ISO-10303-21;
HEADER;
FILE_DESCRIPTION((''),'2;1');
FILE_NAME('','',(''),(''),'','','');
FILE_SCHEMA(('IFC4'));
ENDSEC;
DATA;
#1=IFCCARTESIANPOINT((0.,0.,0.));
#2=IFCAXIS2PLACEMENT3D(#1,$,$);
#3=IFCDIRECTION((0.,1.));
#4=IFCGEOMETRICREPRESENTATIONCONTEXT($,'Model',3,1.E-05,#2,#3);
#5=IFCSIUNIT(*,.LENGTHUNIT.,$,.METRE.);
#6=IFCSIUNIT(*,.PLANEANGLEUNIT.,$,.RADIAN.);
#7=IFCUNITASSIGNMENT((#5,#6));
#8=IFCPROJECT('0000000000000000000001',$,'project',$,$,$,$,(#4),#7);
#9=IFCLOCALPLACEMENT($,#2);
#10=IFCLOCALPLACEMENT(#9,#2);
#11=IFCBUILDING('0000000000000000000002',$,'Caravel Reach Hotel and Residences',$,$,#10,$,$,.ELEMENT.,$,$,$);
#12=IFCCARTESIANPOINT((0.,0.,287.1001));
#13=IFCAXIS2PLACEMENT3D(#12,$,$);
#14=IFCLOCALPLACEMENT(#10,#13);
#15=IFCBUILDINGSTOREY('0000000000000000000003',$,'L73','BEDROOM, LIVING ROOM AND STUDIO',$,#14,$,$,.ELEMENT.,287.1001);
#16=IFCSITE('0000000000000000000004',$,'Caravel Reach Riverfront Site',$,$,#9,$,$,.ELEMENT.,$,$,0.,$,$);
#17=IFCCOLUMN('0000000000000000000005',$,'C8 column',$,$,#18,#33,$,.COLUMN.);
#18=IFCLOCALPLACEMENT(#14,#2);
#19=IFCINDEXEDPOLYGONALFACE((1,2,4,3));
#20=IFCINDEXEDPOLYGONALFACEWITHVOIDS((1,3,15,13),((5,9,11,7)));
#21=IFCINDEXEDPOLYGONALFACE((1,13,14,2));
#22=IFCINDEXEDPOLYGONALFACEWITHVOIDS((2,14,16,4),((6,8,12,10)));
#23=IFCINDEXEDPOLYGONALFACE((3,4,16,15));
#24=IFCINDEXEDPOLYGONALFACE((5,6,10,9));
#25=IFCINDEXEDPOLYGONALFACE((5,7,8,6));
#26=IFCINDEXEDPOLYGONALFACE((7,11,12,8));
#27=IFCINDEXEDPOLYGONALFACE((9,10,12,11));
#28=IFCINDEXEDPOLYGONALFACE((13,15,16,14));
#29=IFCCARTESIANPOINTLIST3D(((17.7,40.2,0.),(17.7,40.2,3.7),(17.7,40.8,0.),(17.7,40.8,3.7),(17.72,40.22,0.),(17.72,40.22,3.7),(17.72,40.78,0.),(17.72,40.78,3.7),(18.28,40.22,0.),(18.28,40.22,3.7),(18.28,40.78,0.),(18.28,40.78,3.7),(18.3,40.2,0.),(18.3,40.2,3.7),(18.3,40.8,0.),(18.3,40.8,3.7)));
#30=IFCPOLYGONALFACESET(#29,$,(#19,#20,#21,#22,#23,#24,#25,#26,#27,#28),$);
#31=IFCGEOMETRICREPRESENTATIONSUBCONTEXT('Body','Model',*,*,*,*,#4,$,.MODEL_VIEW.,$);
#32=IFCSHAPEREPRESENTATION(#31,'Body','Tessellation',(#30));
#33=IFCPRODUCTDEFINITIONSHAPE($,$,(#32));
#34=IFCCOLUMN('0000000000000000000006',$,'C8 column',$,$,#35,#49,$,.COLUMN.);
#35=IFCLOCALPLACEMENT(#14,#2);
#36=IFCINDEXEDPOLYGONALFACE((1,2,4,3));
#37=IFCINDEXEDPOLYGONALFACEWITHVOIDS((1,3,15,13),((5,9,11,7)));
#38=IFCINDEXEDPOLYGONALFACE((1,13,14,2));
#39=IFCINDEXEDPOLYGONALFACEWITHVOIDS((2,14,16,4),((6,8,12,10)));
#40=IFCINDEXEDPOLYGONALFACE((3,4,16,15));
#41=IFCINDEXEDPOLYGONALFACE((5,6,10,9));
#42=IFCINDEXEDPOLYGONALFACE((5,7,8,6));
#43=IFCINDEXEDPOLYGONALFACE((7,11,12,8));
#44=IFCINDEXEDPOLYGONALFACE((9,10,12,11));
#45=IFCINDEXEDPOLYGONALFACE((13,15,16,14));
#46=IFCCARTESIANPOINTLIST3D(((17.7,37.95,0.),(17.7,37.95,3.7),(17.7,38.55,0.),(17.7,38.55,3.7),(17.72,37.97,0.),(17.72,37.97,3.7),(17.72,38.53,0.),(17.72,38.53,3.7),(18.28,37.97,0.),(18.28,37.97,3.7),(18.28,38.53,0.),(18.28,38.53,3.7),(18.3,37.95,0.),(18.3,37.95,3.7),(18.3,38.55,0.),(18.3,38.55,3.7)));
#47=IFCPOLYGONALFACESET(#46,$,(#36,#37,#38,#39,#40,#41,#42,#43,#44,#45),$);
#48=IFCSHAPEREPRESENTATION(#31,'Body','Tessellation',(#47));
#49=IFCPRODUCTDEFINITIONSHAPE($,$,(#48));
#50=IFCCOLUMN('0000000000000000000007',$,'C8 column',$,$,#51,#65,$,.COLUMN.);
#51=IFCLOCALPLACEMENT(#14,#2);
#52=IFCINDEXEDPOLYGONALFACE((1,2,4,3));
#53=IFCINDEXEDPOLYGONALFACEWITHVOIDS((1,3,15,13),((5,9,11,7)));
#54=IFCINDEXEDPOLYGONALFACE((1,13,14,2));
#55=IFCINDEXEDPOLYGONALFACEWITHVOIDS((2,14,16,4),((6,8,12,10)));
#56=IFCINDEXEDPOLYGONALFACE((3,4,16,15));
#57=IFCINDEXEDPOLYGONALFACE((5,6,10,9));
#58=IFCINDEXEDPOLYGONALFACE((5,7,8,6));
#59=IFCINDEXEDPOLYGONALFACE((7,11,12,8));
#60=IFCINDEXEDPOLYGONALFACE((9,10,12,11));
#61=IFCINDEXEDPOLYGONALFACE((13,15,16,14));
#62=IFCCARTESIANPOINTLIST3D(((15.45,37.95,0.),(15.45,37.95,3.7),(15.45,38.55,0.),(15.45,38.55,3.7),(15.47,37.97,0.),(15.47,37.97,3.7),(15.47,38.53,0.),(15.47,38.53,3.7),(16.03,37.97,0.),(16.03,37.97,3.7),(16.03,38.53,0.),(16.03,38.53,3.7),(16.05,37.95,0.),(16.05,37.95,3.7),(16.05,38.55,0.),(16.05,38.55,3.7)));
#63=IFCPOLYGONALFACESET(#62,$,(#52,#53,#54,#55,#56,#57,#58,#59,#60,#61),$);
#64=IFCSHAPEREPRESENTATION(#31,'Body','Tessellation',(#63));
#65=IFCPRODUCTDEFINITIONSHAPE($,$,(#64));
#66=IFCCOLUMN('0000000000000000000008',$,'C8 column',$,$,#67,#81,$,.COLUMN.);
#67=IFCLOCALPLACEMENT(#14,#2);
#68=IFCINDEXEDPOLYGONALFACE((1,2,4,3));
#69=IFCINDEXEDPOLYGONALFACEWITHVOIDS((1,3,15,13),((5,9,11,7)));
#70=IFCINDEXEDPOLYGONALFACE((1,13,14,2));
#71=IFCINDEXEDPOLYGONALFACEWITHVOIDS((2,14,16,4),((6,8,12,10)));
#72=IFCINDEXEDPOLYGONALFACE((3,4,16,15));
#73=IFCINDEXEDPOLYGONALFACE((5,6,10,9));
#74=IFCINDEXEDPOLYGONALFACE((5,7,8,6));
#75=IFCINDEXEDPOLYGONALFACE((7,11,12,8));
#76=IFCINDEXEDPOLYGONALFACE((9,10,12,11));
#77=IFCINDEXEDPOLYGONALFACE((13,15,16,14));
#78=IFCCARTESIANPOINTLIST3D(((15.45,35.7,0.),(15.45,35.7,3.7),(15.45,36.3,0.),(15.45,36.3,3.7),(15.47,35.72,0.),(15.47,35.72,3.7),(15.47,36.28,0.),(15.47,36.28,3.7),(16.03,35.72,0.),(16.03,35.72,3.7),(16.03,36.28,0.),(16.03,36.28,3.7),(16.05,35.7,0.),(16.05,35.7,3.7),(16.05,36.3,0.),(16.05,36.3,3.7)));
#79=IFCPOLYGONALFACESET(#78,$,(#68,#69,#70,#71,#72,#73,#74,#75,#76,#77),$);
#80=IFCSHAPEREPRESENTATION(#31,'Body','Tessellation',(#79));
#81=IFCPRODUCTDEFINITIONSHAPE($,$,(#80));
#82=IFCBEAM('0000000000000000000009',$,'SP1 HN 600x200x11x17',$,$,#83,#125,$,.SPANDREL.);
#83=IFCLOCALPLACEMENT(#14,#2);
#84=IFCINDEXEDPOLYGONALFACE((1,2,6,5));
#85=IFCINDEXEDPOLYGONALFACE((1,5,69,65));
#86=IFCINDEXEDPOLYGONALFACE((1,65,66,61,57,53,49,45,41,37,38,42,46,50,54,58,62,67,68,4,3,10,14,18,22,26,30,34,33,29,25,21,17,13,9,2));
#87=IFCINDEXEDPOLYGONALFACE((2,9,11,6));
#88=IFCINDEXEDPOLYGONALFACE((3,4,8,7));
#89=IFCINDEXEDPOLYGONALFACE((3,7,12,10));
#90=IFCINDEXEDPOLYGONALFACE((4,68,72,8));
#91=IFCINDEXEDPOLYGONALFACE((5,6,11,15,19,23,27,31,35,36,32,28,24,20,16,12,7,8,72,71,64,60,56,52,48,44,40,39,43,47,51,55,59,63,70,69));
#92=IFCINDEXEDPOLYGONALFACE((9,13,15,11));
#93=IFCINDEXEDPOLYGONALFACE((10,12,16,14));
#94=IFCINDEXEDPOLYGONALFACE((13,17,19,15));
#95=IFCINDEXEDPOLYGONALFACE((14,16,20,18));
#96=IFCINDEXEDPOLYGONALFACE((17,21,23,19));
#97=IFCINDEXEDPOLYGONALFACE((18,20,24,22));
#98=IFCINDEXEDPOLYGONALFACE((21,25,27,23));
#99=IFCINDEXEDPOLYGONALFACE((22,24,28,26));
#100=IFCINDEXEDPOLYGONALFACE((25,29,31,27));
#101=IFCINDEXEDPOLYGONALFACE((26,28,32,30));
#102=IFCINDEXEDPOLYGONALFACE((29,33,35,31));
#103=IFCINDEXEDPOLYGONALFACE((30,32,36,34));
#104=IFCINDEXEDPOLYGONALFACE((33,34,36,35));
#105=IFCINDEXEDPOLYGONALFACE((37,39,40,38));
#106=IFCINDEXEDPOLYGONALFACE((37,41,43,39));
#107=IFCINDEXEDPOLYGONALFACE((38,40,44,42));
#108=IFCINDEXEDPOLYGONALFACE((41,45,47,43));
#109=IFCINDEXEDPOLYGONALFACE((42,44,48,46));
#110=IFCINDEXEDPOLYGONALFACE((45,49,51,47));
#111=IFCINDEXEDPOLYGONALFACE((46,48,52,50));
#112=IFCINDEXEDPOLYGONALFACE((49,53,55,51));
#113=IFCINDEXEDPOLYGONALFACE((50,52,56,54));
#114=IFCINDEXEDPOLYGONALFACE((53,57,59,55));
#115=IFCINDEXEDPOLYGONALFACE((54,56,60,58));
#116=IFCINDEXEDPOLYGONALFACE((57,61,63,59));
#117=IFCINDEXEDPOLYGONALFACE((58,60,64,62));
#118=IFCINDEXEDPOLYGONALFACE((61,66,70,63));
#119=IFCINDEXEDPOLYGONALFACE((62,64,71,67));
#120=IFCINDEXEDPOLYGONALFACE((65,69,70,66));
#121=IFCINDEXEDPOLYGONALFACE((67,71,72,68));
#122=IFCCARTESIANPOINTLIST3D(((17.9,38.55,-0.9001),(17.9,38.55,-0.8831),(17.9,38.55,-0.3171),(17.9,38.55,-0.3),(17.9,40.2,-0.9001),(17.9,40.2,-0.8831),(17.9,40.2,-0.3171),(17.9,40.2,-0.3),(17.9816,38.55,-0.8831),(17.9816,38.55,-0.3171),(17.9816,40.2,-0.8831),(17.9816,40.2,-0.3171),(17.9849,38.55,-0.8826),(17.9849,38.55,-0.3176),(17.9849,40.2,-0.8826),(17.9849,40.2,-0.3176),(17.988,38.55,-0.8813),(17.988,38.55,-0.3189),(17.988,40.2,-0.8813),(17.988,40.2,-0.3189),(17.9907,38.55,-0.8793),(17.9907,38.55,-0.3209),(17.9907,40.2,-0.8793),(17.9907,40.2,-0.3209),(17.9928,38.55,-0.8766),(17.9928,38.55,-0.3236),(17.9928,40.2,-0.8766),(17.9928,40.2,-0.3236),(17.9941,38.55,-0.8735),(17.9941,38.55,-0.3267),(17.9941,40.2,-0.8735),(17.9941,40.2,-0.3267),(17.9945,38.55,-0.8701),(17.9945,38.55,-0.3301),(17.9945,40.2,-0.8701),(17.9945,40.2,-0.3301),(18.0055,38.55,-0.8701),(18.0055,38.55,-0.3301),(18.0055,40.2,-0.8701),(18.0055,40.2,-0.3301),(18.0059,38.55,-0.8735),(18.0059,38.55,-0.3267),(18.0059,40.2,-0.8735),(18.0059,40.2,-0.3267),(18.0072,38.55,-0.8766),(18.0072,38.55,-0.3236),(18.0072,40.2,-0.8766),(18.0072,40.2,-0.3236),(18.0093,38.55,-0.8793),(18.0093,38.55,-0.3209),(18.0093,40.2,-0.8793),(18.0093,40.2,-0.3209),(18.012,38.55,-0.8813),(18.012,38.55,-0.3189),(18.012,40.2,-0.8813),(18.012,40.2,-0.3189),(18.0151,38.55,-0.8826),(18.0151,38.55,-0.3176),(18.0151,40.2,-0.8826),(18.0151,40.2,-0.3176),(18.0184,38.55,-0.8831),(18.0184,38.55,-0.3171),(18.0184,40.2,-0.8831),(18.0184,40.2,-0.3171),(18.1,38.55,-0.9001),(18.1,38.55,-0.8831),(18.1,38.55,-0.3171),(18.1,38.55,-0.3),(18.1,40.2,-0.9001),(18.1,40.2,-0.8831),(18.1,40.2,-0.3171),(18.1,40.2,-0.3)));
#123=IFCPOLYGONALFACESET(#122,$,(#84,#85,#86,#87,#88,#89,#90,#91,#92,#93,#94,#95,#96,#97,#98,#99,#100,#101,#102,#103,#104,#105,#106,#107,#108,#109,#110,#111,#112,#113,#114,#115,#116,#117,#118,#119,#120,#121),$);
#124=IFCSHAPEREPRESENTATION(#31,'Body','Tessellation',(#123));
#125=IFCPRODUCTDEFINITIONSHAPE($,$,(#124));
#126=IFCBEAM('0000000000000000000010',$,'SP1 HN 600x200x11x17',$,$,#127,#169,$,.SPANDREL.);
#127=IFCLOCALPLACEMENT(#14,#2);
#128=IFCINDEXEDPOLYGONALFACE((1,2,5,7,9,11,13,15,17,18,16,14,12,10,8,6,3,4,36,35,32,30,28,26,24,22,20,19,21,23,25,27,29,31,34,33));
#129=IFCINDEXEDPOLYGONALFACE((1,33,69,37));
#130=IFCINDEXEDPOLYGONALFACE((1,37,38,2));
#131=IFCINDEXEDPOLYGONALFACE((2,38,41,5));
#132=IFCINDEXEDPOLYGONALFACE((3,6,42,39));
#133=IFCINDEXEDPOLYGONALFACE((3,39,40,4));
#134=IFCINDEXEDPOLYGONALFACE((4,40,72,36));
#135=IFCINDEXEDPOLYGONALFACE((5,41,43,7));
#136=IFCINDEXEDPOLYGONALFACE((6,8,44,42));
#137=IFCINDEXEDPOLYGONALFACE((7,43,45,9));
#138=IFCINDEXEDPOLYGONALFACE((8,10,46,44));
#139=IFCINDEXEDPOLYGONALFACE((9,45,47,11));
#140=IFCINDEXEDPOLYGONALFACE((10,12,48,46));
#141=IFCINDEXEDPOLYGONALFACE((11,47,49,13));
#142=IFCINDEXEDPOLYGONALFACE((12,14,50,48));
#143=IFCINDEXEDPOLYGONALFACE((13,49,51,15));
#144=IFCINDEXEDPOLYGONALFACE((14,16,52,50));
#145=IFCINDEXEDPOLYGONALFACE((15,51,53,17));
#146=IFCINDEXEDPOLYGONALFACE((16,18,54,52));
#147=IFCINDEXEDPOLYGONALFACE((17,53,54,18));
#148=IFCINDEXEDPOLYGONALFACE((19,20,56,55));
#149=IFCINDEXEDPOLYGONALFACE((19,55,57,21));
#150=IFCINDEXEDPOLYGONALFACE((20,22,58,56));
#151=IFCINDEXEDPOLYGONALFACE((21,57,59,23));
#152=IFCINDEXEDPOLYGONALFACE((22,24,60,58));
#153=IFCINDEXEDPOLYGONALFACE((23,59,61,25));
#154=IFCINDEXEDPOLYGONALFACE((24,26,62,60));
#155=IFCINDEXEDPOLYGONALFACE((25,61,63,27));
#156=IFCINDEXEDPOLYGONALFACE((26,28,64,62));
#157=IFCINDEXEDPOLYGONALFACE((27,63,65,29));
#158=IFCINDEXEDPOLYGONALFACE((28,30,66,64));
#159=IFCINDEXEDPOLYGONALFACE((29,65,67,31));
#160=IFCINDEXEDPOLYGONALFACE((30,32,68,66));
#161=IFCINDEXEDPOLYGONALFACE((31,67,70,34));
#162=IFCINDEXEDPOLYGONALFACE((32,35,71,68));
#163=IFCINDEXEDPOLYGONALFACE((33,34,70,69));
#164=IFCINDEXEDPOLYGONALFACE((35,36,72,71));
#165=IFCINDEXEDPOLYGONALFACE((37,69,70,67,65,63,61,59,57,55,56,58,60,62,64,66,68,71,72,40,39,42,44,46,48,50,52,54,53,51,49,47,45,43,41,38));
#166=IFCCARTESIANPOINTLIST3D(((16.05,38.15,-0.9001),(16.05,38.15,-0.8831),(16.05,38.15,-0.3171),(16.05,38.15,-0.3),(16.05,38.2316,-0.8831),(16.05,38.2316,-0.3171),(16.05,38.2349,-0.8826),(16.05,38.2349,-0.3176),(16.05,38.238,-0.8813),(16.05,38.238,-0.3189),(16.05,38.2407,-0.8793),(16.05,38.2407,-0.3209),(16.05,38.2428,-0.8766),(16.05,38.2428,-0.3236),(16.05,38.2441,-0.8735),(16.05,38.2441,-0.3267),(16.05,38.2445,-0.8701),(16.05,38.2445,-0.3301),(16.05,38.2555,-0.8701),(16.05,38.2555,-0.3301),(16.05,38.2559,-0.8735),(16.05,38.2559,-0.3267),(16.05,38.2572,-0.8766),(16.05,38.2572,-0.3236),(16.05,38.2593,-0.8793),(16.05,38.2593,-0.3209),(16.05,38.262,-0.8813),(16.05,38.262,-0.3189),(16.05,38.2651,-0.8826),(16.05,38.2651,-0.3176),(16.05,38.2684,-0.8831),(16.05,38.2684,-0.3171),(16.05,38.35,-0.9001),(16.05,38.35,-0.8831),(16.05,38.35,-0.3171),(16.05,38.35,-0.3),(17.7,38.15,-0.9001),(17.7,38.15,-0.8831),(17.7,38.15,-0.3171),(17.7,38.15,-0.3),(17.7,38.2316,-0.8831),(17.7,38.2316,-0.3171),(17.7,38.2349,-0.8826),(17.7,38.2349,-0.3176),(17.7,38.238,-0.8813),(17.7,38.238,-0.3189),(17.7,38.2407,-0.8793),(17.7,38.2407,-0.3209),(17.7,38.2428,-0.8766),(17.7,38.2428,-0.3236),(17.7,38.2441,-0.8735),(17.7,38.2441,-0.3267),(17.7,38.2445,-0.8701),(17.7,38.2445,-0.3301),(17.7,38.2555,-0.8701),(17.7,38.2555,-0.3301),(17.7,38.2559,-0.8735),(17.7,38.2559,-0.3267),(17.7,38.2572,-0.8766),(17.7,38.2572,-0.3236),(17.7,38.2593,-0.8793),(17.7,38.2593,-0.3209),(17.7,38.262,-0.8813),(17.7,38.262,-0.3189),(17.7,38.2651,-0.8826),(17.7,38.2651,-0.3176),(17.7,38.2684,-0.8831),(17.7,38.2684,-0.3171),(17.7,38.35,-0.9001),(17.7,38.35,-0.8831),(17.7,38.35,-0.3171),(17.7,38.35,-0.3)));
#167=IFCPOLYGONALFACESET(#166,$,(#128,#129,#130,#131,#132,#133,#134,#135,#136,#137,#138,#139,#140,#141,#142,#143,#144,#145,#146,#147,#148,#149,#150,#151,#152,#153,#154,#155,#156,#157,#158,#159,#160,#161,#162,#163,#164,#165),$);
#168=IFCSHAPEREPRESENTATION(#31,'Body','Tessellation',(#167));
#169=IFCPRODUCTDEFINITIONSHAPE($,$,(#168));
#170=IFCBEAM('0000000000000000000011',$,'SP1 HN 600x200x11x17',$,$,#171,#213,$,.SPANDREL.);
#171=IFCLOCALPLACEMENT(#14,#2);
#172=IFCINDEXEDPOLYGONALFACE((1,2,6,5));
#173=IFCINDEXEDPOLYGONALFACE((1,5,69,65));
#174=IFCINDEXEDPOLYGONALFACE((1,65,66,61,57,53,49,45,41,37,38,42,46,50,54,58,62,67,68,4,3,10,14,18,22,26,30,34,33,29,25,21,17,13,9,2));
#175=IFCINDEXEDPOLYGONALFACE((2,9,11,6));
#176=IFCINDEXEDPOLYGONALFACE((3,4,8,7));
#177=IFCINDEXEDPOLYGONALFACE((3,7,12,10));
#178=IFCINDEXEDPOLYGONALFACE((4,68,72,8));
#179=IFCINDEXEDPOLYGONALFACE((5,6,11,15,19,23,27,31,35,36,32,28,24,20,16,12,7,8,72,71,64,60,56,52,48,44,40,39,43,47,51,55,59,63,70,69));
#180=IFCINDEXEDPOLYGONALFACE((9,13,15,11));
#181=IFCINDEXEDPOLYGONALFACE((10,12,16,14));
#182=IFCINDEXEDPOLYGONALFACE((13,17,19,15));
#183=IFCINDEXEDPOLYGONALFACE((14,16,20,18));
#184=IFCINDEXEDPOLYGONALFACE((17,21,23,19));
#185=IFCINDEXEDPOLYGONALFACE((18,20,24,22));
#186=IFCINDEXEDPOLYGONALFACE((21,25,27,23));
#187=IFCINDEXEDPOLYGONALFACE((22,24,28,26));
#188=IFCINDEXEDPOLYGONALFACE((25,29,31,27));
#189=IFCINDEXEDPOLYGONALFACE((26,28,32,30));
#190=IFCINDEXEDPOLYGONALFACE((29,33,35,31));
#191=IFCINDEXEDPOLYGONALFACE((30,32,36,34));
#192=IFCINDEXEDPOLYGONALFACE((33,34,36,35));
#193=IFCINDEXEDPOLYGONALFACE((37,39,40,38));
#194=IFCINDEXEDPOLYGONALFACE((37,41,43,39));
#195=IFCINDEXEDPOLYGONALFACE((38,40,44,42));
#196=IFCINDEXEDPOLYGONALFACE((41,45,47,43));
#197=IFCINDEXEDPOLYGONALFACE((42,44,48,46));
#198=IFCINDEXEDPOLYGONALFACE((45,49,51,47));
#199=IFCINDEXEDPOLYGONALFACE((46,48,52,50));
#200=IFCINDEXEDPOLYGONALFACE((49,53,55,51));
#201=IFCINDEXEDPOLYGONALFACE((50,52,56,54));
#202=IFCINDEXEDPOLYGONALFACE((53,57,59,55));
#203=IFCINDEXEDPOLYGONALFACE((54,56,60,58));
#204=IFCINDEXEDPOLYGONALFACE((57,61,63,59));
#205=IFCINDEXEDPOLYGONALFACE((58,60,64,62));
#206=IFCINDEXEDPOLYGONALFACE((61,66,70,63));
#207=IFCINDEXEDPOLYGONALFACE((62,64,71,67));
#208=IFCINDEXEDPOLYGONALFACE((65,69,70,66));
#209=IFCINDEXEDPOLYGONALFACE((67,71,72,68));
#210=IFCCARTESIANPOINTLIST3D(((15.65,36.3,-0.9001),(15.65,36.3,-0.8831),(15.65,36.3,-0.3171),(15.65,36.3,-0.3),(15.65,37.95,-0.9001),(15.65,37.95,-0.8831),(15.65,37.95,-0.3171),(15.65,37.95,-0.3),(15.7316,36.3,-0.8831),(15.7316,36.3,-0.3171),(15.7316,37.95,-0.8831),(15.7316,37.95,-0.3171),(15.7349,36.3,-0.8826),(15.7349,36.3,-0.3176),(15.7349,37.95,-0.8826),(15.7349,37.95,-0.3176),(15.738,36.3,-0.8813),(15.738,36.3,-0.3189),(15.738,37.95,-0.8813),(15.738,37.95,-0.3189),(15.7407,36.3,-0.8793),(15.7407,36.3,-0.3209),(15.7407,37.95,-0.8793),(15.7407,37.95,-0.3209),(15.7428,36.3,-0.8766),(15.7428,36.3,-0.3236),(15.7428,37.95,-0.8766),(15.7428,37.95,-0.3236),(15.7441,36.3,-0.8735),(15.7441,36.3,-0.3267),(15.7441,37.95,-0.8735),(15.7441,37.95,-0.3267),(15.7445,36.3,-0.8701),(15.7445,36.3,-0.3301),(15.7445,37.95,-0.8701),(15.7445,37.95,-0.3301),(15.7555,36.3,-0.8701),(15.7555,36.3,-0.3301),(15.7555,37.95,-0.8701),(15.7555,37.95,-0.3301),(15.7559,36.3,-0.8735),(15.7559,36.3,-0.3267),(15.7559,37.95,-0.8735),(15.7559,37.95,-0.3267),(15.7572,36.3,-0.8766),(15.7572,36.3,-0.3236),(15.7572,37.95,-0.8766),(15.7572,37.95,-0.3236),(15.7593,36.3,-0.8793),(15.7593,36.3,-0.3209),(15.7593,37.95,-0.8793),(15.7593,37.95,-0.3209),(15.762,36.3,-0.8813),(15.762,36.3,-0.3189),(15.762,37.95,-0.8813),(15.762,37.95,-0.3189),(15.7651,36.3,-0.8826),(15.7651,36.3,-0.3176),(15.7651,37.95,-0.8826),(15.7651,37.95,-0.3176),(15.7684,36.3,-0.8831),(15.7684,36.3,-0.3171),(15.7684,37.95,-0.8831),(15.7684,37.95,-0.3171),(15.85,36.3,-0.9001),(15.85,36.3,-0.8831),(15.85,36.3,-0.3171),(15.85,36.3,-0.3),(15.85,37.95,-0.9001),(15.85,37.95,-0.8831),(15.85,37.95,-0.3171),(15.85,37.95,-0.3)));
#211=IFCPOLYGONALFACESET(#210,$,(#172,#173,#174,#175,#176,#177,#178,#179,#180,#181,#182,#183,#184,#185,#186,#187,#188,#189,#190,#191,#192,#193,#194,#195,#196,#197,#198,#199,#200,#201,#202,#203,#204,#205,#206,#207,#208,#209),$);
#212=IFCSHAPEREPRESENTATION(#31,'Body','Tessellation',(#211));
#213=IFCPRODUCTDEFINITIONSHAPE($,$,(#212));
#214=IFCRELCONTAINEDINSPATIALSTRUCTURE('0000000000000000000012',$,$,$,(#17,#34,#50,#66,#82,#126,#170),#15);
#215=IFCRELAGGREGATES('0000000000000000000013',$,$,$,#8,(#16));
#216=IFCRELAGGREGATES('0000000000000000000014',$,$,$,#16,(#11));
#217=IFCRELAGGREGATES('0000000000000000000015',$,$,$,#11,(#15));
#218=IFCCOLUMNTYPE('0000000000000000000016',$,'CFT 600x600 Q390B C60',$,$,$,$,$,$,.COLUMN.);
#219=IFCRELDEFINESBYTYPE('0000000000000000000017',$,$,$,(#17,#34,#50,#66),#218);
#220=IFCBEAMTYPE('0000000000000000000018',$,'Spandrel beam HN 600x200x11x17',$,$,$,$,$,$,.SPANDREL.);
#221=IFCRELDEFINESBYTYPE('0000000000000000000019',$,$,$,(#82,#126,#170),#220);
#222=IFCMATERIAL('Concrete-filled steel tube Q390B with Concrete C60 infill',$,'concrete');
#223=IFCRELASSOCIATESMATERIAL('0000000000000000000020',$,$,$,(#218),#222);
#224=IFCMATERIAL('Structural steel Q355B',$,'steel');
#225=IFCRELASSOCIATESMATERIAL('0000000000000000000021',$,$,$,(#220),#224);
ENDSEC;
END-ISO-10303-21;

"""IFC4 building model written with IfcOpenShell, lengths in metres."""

from ifc_helpers import new_model, si_unit, direction, frame, origin, origin_2d, place, context, subcontext, project, spatial, hollow_rectangle, i_section, extrude, material, material_profile, profile_set, type_object, element, save


model = new_model("IFC4")

# Units and contexts
model_context = context("Model", 3, precision=1e-05, world=origin(), true_north=direction((0.0, 1.0)))
body_context = subcontext(model_context, "Body", "Model", "MODEL_VIEW")
ifc_project = project(units=[si_unit("LENGTHUNIT", "METRE"), si_unit("PLANEANGLEUNIT", "RADIAN")], contexts=[model_context])

# Site, building, storey
site_placement = place(None, origin())
site = spatial("IfcSite", under=ifc_project, at=site_placement, Name="Caravel Reach Riverfront Site", CompositionType="ELEMENT", RefElevation=0.0)
building_placement = place(site_placement, origin())
building = spatial("IfcBuilding", under=site, at=building_placement, Name="Caravel Reach Hotel and Residences", CompositionType="ELEMENT")
storey_placement = place(building_placement, frame((0.0, 0.0, 287.1001)))
storey = spatial("IfcBuildingStorey", under=building, at=storey_placement, Name="L73", Description="BEDROOM, LIVING ROOM AND STUDIO", CompositionType="ELEMENT", Elevation=287.1001)

# Columns
ifc_material_1 = material(Name="Concrete-filled steel tube Q390B with Concrete C60 infill", Category="concrete")
ifc_material_profile_1 = material_profile(ifc_material_1, hollow_rectangle(XDim=0.6001, YDim=0.6001, WallThickness=0.02, at=origin_2d()), Name="RHS 600x600x20")
ifc_profile_set_1 = profile_set([ifc_material_profile_1], Name="Concrete-filled steel tube Q390B with Concrete C60 infill")
column_type = type_object("IfcColumnType", Name="CFT 600x600 Q390B C60", PredefinedType="COLUMN", material=ifc_profile_set_1)
for number, where, z_axis, x_axis, name in (
    (1, (18.0, 40.5, 0.0), (0.0, 0.0, 1.0), (1.0, 0.0, 0.0), "C8 column"),
    (2, (18.0, 38.25, 0.0), (0.0, 0.0, 1.0), (1.0, 0.0, 0.0), "C8 column"),
    (3, (15.75, 38.25, 0.0), (0.0, 0.0, 1.0), (1.0, 0.0, 0.0), "C8 column"),
    (4, (15.75, 36.0, 0.0), (0.0, 0.0, 1.0), (1.0, 0.0, 0.0), "C8 column"),
):
    element("IfcColumn", number, at=place(storey_placement, frame(where, z_axis=z_axis, x_axis=x_axis)), inside=storey, type_object=column_type, Name=name, PredefinedType="COLUMN", context=body_context, shape_type="SweptSolid", body=[
        extrude(hollow_rectangle(XDim=0.6001, YDim=0.6001, WallThickness=0.02, at=origin_2d()), origin(), (0.0, 0.0, 1.0), 3.7),
    ])

# Beams
ifc_material_2 = material(Name="Structural steel Q355B", Category="steel")
ifc_material_profile_2 = material_profile(ifc_material_2, i_section(OverallWidth=0.2, OverallDepth=0.6001, WebThickness=0.011, FlangeThickness=0.0171, FilletRadius=0.0129, at=origin_2d()), Name="HN 600x200x11x17")
ifc_profile_set_2 = profile_set([ifc_material_profile_2], Name="Structural steel Q355B")
beam_type = type_object("IfcBeamType", Name="Spandrel beam HN 600x200x11x17", PredefinedType="SPANDREL", material=ifc_profile_set_2)
for number, where, z_axis, x_axis, name in (
    (5, (18.0, 40.2, -0.6001), (0.0, -1.0, 0.0), (1.0, 0.0, 0.0), "SP1 HN 600x200x11x17"),
    (6, (17.7, 38.25, -0.6001), (-1.0, 0.0, 0.0), (0.0, -1.0, 0.0), "SP1 HN 600x200x11x17"),
    (7, (15.75, 37.95, -0.6001), (0.0, -1.0, 0.0), (1.0, 0.0, 0.0), "SP1 HN 600x200x11x17"),
):
    element("IfcBeam", number, at=place(storey_placement, frame(where, z_axis=z_axis, x_axis=x_axis)), inside=storey, type_object=beam_type, Name=name, PredefinedType="SPANDREL", context=body_context, shape_type="SweptSolid", body=[
        extrude(i_section(OverallWidth=0.2, OverallDepth=0.6001, WebThickness=0.011, FlangeThickness=0.0171, FilletRadius=0.0129, at=origin_2d()), origin(), (0.0, 0.0, 1.0), 1.6499),
    ])

save(model, "model.ifc")
